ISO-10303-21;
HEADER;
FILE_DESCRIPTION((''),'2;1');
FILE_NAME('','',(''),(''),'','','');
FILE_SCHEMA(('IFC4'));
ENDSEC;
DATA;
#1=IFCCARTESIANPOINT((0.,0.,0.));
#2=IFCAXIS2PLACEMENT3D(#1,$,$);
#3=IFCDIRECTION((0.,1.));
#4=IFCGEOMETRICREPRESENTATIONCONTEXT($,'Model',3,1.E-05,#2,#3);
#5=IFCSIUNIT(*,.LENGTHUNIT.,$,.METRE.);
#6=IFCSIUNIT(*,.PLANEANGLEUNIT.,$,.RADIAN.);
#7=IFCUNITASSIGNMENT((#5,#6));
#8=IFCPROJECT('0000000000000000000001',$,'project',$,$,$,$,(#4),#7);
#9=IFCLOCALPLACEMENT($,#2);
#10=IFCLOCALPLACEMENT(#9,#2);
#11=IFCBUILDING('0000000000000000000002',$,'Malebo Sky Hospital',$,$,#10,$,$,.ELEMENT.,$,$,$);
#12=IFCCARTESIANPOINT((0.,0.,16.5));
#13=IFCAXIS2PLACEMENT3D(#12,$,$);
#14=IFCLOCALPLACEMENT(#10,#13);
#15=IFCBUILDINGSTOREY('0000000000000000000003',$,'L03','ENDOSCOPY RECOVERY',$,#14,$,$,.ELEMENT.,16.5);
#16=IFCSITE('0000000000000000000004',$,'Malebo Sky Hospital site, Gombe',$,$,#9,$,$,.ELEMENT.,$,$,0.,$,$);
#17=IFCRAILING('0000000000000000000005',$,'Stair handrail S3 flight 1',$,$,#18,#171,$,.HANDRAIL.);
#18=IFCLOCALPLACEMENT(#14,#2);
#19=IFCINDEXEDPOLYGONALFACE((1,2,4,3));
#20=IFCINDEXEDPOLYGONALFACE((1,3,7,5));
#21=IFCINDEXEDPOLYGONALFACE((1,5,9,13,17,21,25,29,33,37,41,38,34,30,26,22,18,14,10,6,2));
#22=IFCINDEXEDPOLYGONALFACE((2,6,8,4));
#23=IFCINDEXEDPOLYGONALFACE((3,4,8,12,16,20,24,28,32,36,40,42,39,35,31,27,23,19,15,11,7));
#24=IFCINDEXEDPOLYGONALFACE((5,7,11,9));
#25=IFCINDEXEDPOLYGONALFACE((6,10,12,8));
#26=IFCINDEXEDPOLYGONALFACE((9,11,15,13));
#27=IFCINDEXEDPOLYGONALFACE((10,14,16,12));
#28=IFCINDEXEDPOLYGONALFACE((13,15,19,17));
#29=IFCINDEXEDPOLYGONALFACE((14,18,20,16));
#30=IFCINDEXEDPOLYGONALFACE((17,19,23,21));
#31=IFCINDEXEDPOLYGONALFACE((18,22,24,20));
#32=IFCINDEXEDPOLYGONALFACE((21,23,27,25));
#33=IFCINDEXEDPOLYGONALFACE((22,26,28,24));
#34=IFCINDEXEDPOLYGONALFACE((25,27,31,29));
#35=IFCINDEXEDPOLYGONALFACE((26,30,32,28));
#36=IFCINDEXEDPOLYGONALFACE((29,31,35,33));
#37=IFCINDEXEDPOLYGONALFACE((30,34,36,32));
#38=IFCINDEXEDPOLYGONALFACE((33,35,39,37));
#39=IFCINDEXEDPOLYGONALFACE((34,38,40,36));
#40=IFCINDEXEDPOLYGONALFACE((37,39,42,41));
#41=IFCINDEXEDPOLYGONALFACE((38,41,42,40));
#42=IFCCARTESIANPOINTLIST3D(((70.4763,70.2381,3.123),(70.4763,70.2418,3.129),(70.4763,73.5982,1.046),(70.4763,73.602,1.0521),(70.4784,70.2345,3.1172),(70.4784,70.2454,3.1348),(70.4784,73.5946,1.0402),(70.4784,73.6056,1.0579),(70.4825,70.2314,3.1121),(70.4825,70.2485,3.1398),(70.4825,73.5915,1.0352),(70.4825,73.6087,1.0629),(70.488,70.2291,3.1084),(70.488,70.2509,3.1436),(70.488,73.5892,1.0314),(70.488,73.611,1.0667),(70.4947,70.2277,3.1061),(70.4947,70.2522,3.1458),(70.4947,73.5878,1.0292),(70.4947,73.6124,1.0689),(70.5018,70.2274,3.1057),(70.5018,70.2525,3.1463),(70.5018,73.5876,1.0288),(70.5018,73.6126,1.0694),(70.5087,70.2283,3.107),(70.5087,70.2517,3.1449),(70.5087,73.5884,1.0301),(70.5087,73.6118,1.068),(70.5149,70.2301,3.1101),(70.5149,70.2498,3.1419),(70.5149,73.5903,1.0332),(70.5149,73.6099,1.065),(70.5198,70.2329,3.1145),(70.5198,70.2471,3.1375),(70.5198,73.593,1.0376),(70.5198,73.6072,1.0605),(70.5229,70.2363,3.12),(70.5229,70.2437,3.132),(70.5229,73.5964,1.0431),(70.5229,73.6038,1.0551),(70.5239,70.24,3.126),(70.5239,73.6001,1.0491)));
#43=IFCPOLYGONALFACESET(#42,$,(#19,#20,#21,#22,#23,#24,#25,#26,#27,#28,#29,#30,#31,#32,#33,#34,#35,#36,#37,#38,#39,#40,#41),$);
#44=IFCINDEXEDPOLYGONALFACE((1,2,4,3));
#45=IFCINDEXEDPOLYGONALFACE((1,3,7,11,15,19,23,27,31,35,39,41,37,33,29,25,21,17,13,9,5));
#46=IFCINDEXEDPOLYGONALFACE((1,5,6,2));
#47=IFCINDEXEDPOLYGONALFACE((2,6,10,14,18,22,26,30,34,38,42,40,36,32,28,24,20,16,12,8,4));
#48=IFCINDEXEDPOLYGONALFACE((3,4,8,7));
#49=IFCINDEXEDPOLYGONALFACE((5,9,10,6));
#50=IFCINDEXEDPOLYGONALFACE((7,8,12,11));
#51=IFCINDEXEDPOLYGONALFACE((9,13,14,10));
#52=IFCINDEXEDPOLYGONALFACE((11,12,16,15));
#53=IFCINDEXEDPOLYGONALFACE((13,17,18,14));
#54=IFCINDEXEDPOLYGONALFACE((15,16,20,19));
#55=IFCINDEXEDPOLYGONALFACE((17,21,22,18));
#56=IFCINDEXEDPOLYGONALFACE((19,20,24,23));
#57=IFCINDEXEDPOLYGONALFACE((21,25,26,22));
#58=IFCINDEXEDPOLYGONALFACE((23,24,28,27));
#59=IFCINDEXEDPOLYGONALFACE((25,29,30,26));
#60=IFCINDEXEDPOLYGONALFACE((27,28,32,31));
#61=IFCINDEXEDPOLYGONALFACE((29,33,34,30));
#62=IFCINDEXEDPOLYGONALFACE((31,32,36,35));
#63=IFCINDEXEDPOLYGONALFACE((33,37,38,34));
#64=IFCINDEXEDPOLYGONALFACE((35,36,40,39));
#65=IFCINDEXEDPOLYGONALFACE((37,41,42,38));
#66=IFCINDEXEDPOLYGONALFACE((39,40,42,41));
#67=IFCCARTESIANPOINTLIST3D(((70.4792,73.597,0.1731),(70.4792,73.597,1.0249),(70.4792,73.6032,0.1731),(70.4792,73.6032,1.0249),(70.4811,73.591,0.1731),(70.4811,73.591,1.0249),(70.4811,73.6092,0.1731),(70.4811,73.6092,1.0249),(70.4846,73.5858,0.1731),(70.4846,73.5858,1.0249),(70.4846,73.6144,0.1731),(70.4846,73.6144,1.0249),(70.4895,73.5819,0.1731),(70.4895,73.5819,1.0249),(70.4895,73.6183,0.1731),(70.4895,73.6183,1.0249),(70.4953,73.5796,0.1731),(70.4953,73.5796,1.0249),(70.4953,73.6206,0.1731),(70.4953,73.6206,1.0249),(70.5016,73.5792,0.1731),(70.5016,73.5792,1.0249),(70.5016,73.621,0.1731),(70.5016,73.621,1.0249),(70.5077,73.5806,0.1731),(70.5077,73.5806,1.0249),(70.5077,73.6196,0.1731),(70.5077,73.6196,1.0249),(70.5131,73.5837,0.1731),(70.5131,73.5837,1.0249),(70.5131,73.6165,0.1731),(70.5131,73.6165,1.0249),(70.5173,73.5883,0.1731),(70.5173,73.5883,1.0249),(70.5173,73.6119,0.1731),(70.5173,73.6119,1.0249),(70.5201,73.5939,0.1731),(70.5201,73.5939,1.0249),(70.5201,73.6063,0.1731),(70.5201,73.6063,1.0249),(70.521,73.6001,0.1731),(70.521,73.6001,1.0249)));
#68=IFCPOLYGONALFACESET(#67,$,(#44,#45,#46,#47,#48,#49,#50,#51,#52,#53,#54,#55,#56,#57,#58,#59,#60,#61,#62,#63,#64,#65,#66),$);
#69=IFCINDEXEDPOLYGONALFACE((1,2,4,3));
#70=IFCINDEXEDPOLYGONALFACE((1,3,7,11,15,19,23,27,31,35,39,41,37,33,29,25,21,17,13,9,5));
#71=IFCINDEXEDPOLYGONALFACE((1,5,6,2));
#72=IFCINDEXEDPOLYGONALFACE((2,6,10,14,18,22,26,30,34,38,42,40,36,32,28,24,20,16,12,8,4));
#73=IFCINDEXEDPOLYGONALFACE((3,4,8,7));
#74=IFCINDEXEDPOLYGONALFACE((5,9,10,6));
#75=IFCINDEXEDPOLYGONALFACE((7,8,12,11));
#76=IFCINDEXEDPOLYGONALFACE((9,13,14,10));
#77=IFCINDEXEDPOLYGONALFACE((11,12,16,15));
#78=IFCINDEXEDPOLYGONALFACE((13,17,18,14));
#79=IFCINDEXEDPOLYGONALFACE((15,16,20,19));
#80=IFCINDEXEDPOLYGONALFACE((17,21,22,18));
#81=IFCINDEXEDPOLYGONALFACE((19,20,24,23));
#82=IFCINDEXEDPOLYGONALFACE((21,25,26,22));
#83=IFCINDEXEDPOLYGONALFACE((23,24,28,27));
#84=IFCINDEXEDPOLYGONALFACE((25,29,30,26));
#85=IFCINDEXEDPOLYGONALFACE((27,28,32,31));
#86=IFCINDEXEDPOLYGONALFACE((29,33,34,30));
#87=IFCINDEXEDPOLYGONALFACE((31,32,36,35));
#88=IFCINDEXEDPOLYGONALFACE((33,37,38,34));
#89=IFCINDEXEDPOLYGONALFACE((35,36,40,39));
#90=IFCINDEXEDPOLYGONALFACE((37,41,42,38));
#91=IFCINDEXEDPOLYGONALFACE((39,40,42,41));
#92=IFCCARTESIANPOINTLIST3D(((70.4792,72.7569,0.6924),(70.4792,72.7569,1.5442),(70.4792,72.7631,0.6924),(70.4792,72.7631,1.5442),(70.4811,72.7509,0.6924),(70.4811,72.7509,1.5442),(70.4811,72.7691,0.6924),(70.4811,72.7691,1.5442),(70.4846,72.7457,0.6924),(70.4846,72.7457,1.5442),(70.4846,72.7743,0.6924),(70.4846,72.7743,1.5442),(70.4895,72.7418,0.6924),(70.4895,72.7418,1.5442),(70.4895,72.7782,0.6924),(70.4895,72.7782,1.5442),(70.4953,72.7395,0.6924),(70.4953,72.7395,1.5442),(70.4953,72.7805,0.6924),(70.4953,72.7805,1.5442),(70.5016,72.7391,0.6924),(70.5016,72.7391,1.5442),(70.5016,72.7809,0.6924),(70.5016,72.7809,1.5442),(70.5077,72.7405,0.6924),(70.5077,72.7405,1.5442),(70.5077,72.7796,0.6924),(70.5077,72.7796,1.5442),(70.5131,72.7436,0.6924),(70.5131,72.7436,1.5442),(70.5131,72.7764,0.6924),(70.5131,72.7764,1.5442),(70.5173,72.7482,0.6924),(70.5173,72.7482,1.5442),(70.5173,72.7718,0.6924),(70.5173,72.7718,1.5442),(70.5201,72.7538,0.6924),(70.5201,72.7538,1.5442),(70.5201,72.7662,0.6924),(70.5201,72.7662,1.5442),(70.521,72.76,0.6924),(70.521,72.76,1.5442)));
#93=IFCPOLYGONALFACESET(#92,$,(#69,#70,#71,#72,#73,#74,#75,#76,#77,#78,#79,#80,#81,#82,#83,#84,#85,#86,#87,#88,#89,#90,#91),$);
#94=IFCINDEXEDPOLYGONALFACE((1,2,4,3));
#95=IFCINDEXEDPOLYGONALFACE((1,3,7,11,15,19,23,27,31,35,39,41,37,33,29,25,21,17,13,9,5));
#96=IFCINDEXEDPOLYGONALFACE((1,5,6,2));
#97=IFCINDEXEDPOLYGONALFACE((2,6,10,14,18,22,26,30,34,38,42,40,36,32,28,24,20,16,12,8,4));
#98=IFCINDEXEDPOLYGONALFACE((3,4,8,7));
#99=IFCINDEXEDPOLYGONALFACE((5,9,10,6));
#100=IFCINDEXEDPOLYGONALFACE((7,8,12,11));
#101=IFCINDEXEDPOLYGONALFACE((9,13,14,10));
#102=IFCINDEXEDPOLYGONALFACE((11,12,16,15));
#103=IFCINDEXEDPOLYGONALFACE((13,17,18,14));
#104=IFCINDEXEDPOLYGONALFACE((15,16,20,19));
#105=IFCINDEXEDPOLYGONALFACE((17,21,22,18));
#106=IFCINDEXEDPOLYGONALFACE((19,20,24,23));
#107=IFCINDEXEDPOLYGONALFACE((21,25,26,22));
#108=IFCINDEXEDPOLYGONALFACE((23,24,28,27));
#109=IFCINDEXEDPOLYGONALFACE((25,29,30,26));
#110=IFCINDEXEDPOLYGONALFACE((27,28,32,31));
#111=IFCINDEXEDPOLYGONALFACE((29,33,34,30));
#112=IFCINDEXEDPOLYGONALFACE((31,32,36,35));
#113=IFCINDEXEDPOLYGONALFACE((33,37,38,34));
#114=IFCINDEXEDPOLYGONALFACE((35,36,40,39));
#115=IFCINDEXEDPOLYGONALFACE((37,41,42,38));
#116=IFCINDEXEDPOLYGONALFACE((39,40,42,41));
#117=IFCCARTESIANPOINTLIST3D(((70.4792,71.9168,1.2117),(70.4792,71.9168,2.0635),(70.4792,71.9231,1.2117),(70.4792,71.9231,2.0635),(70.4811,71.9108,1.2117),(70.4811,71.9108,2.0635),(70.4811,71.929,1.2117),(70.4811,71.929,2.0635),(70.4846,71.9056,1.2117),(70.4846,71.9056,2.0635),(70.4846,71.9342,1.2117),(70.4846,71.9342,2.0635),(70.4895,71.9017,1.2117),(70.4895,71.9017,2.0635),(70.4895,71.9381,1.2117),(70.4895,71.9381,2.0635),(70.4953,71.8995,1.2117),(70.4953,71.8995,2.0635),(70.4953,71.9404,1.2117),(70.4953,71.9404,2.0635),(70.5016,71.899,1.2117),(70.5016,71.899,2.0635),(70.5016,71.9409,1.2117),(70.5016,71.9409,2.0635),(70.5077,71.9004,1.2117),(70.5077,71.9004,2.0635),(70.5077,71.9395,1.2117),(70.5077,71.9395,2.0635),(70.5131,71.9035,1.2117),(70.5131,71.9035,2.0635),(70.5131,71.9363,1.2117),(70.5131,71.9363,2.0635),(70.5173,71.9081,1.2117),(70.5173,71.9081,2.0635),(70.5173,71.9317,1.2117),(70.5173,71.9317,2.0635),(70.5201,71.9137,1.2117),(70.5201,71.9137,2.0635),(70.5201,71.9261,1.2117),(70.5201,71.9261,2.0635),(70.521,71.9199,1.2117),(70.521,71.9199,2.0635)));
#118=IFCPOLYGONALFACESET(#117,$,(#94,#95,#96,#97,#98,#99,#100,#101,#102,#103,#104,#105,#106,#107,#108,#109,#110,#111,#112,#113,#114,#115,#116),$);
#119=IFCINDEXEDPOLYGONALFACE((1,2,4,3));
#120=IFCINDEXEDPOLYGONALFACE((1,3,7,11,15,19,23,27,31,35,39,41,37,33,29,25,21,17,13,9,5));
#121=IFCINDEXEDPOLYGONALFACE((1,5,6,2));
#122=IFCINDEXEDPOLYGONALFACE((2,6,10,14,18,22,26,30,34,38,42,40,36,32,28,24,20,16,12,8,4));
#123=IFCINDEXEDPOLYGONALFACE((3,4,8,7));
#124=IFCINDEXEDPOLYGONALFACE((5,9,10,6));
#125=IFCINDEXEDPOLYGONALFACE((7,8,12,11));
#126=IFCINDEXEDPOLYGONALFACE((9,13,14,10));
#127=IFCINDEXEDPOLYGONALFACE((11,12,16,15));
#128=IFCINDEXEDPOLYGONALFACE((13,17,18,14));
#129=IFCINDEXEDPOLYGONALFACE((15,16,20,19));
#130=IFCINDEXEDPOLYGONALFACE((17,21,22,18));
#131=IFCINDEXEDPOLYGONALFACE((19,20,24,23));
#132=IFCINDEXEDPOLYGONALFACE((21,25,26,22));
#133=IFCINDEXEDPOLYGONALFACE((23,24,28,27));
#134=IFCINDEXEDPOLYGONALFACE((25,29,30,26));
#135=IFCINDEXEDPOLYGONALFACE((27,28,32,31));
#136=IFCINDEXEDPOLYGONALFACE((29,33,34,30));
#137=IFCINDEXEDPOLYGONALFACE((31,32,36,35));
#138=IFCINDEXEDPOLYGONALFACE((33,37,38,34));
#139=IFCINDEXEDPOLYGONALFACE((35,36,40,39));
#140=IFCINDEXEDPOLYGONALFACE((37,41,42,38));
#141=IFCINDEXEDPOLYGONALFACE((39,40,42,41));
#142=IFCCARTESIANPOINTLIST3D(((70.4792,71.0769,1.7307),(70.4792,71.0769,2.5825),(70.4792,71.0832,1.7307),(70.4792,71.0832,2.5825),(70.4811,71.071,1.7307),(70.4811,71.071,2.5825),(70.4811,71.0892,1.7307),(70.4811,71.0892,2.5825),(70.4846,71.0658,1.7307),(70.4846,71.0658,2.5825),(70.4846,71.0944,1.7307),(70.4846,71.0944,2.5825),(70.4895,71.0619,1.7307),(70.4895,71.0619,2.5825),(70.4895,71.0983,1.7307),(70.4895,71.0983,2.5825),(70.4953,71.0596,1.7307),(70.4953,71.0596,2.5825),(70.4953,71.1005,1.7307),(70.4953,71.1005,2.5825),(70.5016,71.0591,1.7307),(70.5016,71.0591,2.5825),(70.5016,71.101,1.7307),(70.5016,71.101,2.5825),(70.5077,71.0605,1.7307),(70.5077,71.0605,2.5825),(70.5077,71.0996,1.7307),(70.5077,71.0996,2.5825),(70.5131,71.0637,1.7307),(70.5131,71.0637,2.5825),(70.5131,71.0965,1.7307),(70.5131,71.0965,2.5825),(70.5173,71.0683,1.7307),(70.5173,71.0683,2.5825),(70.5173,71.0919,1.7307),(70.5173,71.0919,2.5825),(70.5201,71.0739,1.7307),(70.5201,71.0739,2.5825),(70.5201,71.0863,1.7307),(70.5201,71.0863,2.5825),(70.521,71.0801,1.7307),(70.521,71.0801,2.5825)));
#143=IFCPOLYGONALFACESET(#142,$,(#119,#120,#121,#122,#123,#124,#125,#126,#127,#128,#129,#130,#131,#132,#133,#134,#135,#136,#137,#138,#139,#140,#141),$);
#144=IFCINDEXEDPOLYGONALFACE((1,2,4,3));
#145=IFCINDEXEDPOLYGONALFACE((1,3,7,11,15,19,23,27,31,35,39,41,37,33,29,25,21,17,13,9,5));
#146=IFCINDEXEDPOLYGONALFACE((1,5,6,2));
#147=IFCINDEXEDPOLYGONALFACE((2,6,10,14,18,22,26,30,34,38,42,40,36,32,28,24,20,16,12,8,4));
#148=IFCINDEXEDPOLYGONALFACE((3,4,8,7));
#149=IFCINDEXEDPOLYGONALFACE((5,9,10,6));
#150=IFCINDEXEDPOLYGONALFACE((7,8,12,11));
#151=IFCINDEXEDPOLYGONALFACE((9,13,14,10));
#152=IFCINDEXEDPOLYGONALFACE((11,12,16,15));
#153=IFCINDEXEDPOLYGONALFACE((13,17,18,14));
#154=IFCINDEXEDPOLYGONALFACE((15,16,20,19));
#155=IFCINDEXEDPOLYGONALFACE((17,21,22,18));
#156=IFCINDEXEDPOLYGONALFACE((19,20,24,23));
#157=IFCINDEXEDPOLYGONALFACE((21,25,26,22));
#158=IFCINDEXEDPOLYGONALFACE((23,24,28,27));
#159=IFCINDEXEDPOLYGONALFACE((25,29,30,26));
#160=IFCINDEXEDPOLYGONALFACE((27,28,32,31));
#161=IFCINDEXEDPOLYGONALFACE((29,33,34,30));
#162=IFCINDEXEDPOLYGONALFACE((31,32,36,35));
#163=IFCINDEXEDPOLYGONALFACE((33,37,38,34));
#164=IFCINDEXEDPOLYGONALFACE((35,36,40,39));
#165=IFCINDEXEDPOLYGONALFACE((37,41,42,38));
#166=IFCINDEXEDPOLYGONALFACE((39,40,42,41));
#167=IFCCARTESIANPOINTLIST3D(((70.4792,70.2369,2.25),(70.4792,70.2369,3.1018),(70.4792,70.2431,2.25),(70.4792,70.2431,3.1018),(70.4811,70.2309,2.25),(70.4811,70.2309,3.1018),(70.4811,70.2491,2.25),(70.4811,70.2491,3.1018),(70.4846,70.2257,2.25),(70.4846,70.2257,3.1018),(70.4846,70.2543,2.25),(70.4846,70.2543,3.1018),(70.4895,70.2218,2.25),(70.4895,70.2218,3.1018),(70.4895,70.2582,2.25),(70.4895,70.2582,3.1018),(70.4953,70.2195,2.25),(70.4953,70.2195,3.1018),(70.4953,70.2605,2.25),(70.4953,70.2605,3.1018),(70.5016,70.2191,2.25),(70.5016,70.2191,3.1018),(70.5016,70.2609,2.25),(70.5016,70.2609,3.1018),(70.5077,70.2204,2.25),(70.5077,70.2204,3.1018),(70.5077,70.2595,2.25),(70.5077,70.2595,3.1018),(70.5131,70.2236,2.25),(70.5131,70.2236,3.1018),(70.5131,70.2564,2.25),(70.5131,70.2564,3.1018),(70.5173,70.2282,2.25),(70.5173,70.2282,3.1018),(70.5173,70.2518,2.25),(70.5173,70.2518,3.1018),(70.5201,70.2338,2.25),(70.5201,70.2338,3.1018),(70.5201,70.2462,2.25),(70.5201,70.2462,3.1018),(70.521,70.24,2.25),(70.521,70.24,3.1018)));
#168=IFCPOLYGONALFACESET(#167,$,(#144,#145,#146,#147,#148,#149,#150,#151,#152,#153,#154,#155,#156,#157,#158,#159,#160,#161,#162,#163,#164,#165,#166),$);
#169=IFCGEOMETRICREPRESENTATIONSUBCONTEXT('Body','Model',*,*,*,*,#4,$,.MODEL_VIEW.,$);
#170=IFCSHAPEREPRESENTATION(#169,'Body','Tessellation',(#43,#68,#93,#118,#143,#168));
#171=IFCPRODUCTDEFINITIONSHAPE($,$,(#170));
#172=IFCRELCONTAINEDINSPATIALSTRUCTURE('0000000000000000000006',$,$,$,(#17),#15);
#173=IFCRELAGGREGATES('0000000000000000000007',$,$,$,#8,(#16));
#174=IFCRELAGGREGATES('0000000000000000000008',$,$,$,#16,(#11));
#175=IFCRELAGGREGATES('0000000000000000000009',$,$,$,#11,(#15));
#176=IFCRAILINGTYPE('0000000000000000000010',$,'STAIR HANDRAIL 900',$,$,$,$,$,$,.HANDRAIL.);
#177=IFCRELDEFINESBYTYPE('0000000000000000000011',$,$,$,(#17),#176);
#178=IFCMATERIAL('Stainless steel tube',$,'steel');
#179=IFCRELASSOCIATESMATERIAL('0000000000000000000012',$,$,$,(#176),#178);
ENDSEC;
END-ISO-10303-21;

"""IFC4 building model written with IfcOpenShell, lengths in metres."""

from ifc_helpers import new_model, si_unit, direction, frame, origin, origin_2d, place, context, subcontext, project, spatial, circle, extrude, material, type_object, element, save


model = new_model("IFC4")

# Units and contexts
model_context = context("Model", 3, precision=1e-05, world=origin(), true_north=direction((0.0, 1.0)))
body_context = subcontext(model_context, "Body", "Model", "MODEL_VIEW")
ifc_project = project(units=[si_unit("LENGTHUNIT", "METRE"), si_unit("PLANEANGLEUNIT", "RADIAN")], contexts=[model_context])

# Site, building, storey
site_placement = place(None, origin())
site = spatial("IfcSite", under=ifc_project, at=site_placement, Name="Malebo Sky Hospital site, Gombe", CompositionType="ELEMENT", RefElevation=0.0)
building_placement = place(site_placement, origin())
building = spatial("IfcBuilding", under=site, at=building_placement, Name="Malebo Sky Hospital", CompositionType="ELEMENT")
storey_placement = place(building_placement, frame((0.0, 0.0, 16.5)))
storey = spatial("IfcBuildingStorey", under=building, at=storey_placement, Name="L03", Description="ENDOSCOPY RECOVERY", CompositionType="ELEMENT", Elevation=16.5)

# Railing
ifc_material_1 = material(Name="Stainless steel tube", Category="steel")
railing_type = type_object("IfcRailingType", Name="STAIR HANDRAIL 900", PredefinedType="HANDRAIL", material=ifc_material_1)
railing_1_placement = place(storey_placement, frame((70.5, 73.6001, 0.1731)))
element("IfcRailing", 1, at=railing_1_placement, inside=storey, type_object=railing_type, Name="Stair handrail S3 flight 1", PredefinedType="HANDRAIL", context=body_context, shape_type="SweptSolid", body=[
    extrude(circle(Radius=0.0239, at=origin_2d()), frame((0.0, 0.0, 0.876), z_axis=(0.0, -0.850623, 0.525776), x_axis=(1.0, 0.0, 0.0)), (0.0, 0.0, 1.0), 3.9502),
    extrude(circle(Radius=0.021, at=origin_2d()), origin(), (0.0, 0.0, 1.0), 0.8518),
    extrude(circle(Radius=0.021, at=origin_2d()), frame((0.0, -0.8401, 0.5193)), (0.0, 0.0, 1.0), 0.8518),
    extrude(circle(Radius=0.021, at=origin_2d()), frame((0.0, -1.6802, 1.0386)), (0.0, 0.0, 1.0), 0.8518),
    extrude(circle(Radius=0.021, at=origin_2d()), frame((0.0, -2.52, 1.5576)), (0.0, 0.0, 1.0), 0.8518),
    extrude(circle(Radius=0.021, at=origin_2d()), frame((0.0, -3.3601, 2.0769)), (0.0, 0.0, 1.0), 0.8518),
])

save(model, "model.ifc")
